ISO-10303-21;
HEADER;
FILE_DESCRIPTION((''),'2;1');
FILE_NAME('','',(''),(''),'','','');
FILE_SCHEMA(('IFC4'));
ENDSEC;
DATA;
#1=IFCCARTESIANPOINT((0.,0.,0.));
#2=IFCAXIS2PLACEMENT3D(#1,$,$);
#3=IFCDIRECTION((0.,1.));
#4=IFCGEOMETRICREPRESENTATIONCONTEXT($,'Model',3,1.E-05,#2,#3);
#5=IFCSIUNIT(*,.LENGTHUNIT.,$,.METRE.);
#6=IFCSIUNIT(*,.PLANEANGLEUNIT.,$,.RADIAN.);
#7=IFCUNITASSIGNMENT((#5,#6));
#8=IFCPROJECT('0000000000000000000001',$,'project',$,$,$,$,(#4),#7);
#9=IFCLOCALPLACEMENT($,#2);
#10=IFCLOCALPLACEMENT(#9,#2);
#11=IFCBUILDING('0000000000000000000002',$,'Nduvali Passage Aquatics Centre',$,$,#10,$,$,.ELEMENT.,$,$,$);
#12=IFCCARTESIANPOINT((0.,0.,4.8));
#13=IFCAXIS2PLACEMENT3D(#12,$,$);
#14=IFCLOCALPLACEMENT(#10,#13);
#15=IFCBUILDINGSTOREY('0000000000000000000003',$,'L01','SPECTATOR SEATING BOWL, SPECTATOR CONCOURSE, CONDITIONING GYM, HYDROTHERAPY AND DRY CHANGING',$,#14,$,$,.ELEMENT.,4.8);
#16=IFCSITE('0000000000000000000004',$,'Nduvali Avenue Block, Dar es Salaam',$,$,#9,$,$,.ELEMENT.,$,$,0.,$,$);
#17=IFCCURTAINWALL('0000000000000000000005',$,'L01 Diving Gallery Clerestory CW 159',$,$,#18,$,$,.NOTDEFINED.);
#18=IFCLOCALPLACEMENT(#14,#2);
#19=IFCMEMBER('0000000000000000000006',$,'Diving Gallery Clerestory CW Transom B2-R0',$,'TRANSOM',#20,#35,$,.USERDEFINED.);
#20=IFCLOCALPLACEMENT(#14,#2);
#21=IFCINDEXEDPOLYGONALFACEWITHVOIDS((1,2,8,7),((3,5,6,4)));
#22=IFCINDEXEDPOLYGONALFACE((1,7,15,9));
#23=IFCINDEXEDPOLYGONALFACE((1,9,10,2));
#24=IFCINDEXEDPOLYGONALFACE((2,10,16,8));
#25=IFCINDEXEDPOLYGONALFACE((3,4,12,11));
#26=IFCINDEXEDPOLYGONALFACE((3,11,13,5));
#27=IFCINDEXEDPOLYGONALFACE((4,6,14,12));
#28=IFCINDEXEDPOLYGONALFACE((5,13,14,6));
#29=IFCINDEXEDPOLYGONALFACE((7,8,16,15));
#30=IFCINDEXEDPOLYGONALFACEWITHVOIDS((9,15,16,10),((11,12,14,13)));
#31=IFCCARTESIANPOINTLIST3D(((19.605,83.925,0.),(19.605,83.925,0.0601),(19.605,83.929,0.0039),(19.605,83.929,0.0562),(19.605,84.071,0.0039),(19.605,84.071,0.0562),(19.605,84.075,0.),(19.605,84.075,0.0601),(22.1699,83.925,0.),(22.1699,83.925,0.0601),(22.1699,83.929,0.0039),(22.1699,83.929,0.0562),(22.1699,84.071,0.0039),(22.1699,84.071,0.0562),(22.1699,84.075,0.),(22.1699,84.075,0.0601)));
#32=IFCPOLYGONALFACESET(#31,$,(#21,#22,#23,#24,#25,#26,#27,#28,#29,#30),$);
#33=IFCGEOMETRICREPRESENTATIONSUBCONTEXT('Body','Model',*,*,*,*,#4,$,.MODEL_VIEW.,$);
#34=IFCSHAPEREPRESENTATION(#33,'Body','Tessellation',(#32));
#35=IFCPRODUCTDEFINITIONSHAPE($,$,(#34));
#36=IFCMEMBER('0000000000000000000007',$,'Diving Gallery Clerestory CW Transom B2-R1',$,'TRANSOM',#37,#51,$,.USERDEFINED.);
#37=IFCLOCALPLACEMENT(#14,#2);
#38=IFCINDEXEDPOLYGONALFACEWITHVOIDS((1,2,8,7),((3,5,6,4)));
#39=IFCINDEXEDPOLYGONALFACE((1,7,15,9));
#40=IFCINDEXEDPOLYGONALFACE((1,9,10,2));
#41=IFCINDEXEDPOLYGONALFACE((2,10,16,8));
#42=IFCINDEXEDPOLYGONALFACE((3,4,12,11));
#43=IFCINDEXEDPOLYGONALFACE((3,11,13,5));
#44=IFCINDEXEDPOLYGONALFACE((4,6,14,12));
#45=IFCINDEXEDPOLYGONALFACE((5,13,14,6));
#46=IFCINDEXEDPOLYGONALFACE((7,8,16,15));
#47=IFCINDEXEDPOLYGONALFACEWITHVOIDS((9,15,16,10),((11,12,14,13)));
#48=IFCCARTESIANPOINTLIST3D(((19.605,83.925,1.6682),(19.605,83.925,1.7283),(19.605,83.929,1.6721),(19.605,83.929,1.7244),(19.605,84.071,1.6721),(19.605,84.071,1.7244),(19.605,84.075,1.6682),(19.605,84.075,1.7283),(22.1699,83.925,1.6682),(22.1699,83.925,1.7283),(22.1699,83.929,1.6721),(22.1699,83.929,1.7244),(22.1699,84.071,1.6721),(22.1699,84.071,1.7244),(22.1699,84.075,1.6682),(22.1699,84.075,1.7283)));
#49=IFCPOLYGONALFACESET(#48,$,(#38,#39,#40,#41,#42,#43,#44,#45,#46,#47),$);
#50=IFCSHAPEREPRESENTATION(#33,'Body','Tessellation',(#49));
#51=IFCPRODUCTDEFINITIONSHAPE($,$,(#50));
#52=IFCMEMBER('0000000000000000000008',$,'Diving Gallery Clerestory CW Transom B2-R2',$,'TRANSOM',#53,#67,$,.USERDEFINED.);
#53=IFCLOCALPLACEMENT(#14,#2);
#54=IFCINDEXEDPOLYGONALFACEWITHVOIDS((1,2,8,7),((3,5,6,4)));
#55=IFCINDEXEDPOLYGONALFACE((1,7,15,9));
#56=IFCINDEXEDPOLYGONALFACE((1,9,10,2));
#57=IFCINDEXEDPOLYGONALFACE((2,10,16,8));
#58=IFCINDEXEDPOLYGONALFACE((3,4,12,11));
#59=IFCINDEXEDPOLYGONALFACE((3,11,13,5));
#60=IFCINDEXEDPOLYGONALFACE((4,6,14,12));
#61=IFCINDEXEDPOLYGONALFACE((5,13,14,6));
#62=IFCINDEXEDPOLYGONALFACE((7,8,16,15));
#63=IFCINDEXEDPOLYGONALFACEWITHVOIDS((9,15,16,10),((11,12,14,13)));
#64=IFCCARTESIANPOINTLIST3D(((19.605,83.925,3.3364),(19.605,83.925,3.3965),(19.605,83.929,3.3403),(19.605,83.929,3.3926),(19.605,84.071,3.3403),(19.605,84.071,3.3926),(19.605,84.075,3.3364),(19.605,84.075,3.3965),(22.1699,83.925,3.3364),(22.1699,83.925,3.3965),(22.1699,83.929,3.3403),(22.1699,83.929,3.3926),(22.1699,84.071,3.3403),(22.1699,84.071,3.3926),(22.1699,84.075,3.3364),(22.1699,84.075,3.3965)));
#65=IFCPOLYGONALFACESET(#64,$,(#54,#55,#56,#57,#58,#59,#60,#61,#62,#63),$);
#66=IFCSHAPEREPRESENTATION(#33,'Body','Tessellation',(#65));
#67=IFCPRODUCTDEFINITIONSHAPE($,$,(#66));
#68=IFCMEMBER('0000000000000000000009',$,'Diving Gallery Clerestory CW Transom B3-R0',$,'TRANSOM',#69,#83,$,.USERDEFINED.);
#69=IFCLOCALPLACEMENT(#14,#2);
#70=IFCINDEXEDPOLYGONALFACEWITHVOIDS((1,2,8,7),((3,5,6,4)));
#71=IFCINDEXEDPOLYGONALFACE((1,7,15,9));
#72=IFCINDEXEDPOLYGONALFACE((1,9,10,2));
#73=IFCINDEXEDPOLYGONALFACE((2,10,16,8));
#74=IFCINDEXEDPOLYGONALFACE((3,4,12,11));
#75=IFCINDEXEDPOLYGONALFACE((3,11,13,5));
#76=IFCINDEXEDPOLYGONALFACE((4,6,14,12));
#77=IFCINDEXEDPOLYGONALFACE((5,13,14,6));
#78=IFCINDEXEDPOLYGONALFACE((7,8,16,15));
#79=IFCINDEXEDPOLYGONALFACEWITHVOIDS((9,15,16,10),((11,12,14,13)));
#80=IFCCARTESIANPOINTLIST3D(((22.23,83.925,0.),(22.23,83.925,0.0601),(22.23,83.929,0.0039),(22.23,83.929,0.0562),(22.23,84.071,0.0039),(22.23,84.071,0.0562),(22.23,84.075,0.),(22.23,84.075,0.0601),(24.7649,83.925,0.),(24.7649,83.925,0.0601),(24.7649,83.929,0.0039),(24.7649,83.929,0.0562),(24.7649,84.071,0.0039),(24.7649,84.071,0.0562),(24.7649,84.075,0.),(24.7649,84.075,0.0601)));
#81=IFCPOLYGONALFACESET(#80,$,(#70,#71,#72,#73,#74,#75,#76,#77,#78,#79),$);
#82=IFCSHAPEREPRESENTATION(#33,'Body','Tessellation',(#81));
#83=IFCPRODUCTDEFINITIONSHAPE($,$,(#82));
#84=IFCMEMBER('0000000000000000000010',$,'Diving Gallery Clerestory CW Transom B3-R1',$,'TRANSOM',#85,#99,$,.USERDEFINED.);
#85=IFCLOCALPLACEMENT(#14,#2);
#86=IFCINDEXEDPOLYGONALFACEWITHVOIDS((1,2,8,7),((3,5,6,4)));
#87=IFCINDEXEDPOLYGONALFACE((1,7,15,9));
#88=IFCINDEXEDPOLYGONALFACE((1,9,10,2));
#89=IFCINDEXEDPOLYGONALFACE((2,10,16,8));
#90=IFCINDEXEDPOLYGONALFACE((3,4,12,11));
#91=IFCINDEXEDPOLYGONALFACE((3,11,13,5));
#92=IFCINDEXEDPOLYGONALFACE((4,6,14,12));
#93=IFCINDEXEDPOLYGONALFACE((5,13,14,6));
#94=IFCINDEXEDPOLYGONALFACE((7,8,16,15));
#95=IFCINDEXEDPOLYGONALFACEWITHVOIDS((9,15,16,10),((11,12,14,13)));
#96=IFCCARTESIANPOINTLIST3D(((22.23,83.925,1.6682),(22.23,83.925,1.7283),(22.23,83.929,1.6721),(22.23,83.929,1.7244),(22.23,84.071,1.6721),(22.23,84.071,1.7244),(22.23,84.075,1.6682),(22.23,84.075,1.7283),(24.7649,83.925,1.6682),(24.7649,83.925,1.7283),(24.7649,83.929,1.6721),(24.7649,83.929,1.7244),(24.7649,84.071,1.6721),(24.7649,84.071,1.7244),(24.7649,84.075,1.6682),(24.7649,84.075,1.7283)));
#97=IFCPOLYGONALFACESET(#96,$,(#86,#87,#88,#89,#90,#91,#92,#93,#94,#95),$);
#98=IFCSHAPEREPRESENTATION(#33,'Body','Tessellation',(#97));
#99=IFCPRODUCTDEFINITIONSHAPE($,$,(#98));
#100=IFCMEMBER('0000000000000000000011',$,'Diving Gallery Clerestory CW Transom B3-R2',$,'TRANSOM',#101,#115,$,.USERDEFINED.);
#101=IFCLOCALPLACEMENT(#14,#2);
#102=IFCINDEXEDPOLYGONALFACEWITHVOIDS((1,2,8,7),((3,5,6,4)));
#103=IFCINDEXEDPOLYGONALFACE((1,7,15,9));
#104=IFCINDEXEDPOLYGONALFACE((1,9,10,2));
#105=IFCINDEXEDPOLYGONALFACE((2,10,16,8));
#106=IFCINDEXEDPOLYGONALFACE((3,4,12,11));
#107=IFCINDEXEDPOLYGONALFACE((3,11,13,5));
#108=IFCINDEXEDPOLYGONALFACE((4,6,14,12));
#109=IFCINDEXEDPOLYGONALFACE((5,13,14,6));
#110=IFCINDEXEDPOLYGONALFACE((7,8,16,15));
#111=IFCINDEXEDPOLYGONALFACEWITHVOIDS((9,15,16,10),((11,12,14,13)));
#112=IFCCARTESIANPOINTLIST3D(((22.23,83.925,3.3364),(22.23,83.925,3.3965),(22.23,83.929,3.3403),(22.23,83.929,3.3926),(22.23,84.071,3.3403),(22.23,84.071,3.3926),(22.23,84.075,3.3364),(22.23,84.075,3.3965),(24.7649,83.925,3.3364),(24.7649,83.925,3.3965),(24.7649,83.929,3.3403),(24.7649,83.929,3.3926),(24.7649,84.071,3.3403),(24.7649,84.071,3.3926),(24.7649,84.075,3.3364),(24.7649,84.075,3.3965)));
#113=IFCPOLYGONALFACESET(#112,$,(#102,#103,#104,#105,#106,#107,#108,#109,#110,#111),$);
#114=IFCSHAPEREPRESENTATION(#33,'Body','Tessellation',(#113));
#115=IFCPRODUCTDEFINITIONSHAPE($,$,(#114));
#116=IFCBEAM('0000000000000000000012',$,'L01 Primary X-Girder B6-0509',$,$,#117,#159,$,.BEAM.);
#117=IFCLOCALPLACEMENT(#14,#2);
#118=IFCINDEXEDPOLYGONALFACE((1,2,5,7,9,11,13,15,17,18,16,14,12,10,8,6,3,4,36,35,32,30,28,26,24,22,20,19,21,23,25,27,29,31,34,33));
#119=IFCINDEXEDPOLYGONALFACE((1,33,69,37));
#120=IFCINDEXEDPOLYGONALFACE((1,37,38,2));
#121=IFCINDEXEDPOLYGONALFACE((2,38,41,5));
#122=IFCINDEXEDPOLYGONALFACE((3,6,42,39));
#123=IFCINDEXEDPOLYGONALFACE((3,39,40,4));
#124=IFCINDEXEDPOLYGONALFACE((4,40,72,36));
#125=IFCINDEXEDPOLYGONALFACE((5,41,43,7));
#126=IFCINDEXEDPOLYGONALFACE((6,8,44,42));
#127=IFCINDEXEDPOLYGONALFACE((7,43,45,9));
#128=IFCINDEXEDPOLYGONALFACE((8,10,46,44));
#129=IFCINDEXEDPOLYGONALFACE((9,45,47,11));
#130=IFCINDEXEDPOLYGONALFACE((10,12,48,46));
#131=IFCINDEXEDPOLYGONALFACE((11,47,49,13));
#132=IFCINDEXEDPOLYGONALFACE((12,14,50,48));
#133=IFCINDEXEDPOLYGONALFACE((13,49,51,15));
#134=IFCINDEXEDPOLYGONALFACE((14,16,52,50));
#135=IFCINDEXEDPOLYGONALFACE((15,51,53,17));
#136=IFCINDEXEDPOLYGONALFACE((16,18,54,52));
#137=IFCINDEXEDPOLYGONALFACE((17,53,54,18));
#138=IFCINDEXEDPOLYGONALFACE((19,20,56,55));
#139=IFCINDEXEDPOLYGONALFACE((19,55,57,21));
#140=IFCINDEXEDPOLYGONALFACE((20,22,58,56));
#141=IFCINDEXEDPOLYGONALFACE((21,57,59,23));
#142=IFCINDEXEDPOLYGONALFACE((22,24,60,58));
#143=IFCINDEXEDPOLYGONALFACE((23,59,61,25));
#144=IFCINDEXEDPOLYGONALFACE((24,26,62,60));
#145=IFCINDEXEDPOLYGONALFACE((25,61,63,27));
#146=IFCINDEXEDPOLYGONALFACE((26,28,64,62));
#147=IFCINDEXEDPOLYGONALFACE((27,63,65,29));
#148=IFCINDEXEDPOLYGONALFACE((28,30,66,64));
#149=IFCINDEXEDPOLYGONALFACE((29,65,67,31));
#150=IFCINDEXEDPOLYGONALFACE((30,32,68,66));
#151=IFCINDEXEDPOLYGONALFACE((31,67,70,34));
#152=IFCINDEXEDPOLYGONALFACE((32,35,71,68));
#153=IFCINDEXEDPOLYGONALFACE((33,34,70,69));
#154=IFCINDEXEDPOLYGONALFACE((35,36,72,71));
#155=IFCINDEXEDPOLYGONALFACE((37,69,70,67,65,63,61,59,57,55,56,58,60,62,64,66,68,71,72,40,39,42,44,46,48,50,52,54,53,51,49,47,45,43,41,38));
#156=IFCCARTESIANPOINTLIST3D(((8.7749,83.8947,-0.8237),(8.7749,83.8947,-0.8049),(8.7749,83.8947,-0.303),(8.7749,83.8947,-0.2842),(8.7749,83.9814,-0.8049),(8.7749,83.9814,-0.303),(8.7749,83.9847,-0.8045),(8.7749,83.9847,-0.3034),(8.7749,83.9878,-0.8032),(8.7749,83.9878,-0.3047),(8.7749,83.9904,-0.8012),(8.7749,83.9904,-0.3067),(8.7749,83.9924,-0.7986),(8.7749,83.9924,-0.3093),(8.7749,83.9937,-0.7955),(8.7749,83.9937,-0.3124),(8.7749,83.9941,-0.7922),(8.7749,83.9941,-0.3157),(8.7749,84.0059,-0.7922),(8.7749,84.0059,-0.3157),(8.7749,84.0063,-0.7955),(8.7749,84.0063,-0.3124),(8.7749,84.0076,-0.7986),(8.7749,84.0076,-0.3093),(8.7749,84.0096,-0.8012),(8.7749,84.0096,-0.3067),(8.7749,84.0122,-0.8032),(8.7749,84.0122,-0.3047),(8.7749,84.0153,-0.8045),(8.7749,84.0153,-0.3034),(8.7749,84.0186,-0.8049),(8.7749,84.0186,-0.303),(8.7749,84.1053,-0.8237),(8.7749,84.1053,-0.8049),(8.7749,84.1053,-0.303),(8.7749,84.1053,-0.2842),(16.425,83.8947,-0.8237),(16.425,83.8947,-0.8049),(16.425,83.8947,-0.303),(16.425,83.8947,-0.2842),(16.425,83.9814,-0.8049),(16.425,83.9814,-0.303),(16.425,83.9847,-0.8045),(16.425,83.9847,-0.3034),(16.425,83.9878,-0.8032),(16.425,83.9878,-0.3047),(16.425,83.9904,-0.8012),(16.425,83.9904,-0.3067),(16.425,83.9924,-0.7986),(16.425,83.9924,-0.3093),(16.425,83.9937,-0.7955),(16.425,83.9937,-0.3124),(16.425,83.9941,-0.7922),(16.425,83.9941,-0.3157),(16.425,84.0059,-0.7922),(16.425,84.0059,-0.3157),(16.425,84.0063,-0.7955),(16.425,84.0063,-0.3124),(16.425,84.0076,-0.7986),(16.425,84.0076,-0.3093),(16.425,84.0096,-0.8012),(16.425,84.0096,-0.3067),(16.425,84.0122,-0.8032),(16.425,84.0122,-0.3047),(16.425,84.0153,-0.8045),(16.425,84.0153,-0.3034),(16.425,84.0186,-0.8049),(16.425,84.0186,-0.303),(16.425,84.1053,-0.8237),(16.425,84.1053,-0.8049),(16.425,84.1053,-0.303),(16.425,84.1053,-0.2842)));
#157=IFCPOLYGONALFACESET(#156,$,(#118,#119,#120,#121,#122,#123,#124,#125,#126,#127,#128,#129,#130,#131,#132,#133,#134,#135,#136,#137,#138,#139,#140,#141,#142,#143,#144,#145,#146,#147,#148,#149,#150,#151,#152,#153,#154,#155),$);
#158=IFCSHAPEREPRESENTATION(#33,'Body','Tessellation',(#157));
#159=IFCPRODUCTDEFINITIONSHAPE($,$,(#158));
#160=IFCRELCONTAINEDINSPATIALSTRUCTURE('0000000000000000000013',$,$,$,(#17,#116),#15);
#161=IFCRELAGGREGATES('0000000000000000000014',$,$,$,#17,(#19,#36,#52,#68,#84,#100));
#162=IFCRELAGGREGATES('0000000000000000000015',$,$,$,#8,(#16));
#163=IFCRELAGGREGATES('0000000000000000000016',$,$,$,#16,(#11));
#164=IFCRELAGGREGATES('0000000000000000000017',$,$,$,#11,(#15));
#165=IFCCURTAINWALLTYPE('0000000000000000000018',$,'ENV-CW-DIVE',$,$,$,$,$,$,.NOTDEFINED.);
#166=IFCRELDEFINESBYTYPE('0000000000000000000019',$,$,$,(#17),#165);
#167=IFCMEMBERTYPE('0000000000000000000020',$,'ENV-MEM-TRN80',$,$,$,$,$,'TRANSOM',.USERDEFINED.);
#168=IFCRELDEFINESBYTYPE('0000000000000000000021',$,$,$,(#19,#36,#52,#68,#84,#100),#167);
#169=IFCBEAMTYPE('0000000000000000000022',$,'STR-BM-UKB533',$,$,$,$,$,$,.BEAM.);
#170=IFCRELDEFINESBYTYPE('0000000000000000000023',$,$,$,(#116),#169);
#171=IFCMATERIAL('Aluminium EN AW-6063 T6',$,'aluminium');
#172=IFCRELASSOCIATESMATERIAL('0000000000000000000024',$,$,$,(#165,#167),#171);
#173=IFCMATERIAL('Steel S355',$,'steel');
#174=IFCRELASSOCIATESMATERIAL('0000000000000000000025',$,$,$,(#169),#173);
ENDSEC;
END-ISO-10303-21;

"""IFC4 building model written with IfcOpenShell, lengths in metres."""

from ifc_helpers import new_model, si_unit, direction, frame, origin, origin_2d, place, context, subcontext, project, spatial, hollow_rectangle, i_section, extrude, material, material_profile, profile_set, type_object, element, aggregate, save


model = new_model("IFC4")

# Units and contexts
model_context = context("Model", 3, precision=1e-05, world=origin(), true_north=direction((0.0, 1.0)))
body_context = subcontext(model_context, "Body", "Model", "MODEL_VIEW")
ifc_project = project(units=[si_unit("LENGTHUNIT", "METRE"), si_unit("PLANEANGLEUNIT", "RADIAN")], contexts=[model_context])

# Site, building, storey
site_placement = place(None, origin())
site = spatial("IfcSite", under=ifc_project, at=site_placement, Name="Nduvali Avenue Block, Dar es Salaam", CompositionType="ELEMENT", RefElevation=0.0)
building_placement = place(site_placement, origin())
building = spatial("IfcBuilding", under=site, at=building_placement, Name="Nduvali Passage Aquatics Centre", CompositionType="ELEMENT")
storey_placement = place(building_placement, frame((0.0, 0.0, 4.8)))
storey = spatial("IfcBuildingStorey", under=building, at=storey_placement, Name="L01", Description="SPECTATOR SEATING BOWL, SPECTATOR CONCOURSE, CONDITIONING GYM, HYDROTHERAPY AND DRY CHANGING", CompositionType="ELEMENT", Elevation=4.8)

# Shared definitions
ifc_material_1 = material(Name="Steel S355", Category="steel")

# Curtain wall
ifc_material_2 = material(Name="Aluminium EN AW-6063 T6", Category="aluminium")
curtain_wall_type = type_object("IfcCurtainWallType", Name="ENV-CW-DIVE", PredefinedType="NOTDEFINED", material=ifc_material_2)
curtain_wall_1_placement = place(storey_placement, origin())
curtain_wall_1 = element("IfcCurtainWall", 1, at=curtain_wall_1_placement, inside=storey, type_object=curtain_wall_type, Name="L01 Diving Gallery Clerestory CW 159", PredefinedType="NOTDEFINED")

# Members
ifc_material_profile_1 = material_profile(ifc_material_2, hollow_rectangle(XDim=0.1499, YDim=0.0601, WallThickness=0.0039, at=origin_2d()), Name="ALU TRANSOM 150x60x4")
ifc_profile_set_1 = profile_set([ifc_material_profile_1], Name="Aluminium EN AW-6063 T6")
member_type_1 = type_object("IfcMemberType", Name="ENV-MEM-TRN80", ElementType="TRANSOM", PredefinedType="USERDEFINED", material=ifc_profile_set_1)
member_1_placement = place(storey_placement, frame((19.605, 84.0, 0.03), z_axis=(1.0, 0.0, 0.0), x_axis=(0.0, 1.0, 0.0)))
member_1 = element("IfcMember", 2, at=member_1_placement, type_object=member_type_1, Name="Diving Gallery Clerestory CW Transom B2-R0", ObjectType="TRANSOM", PredefinedType="USERDEFINED", context=body_context, shape_type="SweptSolid", body=[
    extrude(hollow_rectangle(XDim=0.1499, YDim=0.0601, WallThickness=0.0039, at=origin_2d()), origin(), (0.0, 0.0, 1.0), 2.5649),
])
member_2_placement = place(storey_placement, frame((19.605, 84.0, 1.6982), z_axis=(1.0, 0.0, 0.0), x_axis=(0.0, 1.0, 0.0)))
member_2 = element("IfcMember", 3, at=member_2_placement, type_object=member_type_1, Name="Diving Gallery Clerestory CW Transom B2-R1", ObjectType="TRANSOM", PredefinedType="USERDEFINED", context=body_context, shape_type="SweptSolid", body=[
    extrude(hollow_rectangle(XDim=0.1499, YDim=0.0601, WallThickness=0.0039, at=origin_2d()), origin(), (0.0, 0.0, 1.0), 2.5649),
])
member_3_placement = place(storey_placement, frame((19.605, 84.0, 3.3665), z_axis=(1.0, 0.0, 0.0), x_axis=(0.0, 1.0, 0.0)))
member_3 = element("IfcMember", 4, at=member_3_placement, type_object=member_type_1, Name="Diving Gallery Clerestory CW Transom B2-R2", ObjectType="TRANSOM", PredefinedType="USERDEFINED", context=body_context, shape_type="SweptSolid", body=[
    extrude(hollow_rectangle(XDim=0.1499, YDim=0.0601, WallThickness=0.0039, at=origin_2d()), origin(), (0.0, 0.0, 1.0), 2.5649),
])
member_4_placement = place(storey_placement, frame((22.23, 84.0, 0.03), z_axis=(1.0, 0.0, 0.0), x_axis=(0.0, 1.0, 0.0)))
member_4 = element("IfcMember", 5, at=member_4_placement, type_object=member_type_1, Name="Diving Gallery Clerestory CW Transom B3-R0", ObjectType="TRANSOM", PredefinedType="USERDEFINED", context=body_context, shape_type="SweptSolid", body=[
    extrude(hollow_rectangle(XDim=0.1499, YDim=0.0601, WallThickness=0.0039, at=origin_2d()), origin(), (0.0, 0.0, 1.0), 2.5349),
])
member_5_placement = place(storey_placement, frame((22.23, 84.0, 1.6982), z_axis=(1.0, 0.0, 0.0), x_axis=(0.0, 1.0, 0.0)))
member_5 = element("IfcMember", 6, at=member_5_placement, type_object=member_type_1, Name="Diving Gallery Clerestory CW Transom B3-R1", ObjectType="TRANSOM", PredefinedType="USERDEFINED", context=body_context, shape_type="SweptSolid", body=[
    extrude(hollow_rectangle(XDim=0.1499, YDim=0.0601, WallThickness=0.0039, at=origin_2d()), origin(), (0.0, 0.0, 1.0), 2.5349),
])
member_6_placement = place(storey_placement, frame((22.23, 84.0, 3.3665), z_axis=(1.0, 0.0, 0.0), x_axis=(0.0, 1.0, 0.0)))
member_6 = element("IfcMember", 7, at=member_6_placement, type_object=member_type_1, Name="Diving Gallery Clerestory CW Transom B3-R2", ObjectType="TRANSOM", PredefinedType="USERDEFINED", context=body_context, shape_type="SweptSolid", body=[
    extrude(hollow_rectangle(XDim=0.1499, YDim=0.0601, WallThickness=0.0039, at=origin_2d()), origin(), (0.0, 0.0, 1.0), 2.5349),
])

# Beam
ifc_material_profile_2 = material_profile(ifc_material_1, i_section(OverallWidth=0.2107, OverallDepth=0.5396, WebThickness=0.0117, FlangeThickness=0.0188, FilletRadius=0.0127, at=origin_2d()), Name="UKB 533x210x109")
ifc_profile_set_2 = profile_set([ifc_material_profile_2], Name="Steel S355")
beam_type = type_object("IfcBeamType", Name="STR-BM-UKB533", PredefinedType="BEAM", material=ifc_profile_set_2)
beam_1_placement = place(storey_placement, frame((8.7749, 84.0, -0.554), z_axis=(1.0, 0.0, 0.0), x_axis=(0.0, 1.0, 0.0)))
element("IfcBeam", 8, at=beam_1_placement, inside=storey, type_object=beam_type, Name="L01 Primary X-Girder B6-0509", PredefinedType="BEAM", context=body_context, shape_type="SweptSolid", body=[
    extrude(i_section(OverallWidth=0.2107, OverallDepth=0.5396, WebThickness=0.0117, FlangeThickness=0.0188, FilletRadius=0.0127, at=origin_2d()), origin(), (0.0, 0.0, 1.0), 7.6501),
])

aggregate(curtain_wall_1, [member_1, member_2, member_3, member_4, member_5, member_6])

save(model, "model.ifc")
